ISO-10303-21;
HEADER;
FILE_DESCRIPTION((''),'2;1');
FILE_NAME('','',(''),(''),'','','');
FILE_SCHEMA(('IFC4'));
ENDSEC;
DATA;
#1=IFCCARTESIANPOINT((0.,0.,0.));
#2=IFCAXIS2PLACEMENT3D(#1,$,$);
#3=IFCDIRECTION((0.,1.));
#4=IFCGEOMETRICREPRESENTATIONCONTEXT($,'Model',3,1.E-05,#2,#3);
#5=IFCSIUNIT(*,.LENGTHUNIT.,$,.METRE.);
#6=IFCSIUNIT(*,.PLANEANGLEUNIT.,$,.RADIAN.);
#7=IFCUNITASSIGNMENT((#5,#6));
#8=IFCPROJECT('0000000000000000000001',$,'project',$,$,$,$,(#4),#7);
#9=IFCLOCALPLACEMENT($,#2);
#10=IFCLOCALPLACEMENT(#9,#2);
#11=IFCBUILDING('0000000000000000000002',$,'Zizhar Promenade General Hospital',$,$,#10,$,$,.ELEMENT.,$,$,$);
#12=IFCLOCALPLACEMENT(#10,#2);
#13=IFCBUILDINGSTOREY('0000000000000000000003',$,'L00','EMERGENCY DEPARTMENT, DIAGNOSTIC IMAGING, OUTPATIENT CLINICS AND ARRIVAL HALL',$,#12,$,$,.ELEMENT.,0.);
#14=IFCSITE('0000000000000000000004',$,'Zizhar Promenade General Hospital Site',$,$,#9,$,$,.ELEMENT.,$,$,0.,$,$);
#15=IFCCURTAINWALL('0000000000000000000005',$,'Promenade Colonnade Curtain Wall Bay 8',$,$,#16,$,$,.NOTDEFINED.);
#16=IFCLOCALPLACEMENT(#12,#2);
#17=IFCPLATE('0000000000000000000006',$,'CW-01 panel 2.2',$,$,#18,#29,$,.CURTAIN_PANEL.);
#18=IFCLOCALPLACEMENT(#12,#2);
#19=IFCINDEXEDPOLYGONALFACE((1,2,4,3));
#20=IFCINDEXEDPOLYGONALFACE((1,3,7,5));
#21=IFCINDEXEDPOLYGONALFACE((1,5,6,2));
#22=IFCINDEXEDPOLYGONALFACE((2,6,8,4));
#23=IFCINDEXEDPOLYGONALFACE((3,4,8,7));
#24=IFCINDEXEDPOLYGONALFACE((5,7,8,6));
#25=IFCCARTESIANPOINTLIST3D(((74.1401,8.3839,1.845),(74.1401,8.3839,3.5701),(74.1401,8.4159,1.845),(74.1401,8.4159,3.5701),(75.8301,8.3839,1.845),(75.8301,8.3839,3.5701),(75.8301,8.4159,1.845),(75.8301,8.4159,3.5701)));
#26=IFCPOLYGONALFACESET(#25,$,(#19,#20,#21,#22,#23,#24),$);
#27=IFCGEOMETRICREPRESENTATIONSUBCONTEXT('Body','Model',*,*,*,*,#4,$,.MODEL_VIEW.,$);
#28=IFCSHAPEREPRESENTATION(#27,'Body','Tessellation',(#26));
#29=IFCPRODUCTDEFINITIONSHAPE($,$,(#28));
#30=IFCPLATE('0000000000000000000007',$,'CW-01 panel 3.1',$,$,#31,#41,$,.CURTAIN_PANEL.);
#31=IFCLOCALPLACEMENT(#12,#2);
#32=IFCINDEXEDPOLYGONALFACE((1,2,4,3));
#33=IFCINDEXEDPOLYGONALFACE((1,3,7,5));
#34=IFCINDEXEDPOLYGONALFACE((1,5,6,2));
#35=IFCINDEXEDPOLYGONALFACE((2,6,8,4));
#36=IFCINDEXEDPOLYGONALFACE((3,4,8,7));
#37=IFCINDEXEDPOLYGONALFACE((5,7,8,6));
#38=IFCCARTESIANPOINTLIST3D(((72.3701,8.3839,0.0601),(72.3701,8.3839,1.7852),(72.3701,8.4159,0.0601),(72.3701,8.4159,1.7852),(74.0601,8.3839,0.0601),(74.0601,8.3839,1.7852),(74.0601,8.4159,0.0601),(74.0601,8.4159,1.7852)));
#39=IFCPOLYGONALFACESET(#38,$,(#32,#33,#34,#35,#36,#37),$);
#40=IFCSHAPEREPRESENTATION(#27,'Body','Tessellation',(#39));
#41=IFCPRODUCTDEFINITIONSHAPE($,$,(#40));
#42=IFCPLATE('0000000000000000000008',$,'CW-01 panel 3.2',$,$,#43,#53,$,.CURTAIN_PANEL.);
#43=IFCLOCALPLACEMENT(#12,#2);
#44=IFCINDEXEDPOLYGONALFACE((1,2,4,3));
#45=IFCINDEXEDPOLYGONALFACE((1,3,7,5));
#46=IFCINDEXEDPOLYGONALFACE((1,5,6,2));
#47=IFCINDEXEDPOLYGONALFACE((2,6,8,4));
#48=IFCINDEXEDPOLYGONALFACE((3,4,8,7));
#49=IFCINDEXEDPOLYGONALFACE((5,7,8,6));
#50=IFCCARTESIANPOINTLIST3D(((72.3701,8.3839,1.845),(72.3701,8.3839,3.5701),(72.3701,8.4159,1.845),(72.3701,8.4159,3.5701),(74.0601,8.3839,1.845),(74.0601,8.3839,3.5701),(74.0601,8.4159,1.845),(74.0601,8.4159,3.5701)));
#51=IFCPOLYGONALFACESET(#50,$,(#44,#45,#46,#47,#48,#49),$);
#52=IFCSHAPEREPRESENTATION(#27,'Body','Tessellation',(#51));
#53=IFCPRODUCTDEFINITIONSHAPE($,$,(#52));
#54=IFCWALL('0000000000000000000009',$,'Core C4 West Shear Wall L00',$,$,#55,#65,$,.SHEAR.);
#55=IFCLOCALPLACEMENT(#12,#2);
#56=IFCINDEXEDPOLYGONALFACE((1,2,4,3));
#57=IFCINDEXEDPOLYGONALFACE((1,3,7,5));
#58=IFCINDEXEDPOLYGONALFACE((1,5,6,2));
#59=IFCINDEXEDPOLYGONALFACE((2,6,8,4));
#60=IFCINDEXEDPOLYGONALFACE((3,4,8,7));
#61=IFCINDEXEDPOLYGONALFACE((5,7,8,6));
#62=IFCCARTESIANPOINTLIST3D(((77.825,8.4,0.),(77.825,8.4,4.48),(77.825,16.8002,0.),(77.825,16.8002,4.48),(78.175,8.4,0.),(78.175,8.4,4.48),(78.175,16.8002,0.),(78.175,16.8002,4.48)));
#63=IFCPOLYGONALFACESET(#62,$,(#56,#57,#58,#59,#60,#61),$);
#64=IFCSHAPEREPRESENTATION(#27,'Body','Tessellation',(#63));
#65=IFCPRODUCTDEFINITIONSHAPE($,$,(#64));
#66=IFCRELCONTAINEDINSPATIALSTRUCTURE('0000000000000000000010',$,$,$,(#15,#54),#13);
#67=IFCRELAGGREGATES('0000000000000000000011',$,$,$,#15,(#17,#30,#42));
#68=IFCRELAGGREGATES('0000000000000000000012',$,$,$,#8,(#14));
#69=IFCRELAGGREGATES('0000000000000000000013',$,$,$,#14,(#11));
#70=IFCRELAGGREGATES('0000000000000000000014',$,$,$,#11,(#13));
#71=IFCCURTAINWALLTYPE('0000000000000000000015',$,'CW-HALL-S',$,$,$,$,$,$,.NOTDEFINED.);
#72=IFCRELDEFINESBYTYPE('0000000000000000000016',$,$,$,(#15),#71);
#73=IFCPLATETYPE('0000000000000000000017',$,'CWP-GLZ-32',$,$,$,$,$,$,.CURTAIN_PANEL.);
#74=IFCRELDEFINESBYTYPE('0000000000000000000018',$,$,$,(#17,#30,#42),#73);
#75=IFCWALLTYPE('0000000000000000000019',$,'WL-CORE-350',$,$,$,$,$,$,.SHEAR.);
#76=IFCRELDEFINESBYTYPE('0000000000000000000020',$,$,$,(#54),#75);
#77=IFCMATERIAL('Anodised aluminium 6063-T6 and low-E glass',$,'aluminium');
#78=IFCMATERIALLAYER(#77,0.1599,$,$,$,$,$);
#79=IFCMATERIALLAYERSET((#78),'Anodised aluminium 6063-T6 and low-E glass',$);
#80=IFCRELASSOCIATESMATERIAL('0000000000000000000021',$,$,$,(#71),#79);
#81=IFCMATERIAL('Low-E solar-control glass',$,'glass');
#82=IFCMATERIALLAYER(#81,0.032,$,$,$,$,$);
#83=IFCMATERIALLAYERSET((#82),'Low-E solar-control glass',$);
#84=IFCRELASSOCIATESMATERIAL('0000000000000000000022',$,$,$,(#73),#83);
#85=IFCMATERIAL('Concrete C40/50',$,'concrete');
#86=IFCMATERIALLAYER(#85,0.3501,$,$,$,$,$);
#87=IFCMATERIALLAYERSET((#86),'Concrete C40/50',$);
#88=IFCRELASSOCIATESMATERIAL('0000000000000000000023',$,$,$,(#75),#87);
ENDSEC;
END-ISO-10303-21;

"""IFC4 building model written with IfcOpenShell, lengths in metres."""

from ifc_helpers import new_model, si_unit, direction, frame, frame_2d, origin, origin_2d, place, context, subcontext, project, spatial, rectangle, extrude, material, layer, layer_set, type_object, element, aggregate, save


model = new_model("IFC4")

# Units and contexts
model_context = context("Model", 3, precision=1e-05, world=origin(), true_north=direction((0.0, 1.0)))
body_context = subcontext(model_context, "Body", "Model", "MODEL_VIEW")
ifc_project = project(units=[si_unit("LENGTHUNIT", "METRE"), si_unit("PLANEANGLEUNIT", "RADIAN")], contexts=[model_context])

# Site, building, storey
site_placement = place(None, origin())
site = spatial("IfcSite", under=ifc_project, at=site_placement, Name="Zizhar Promenade General Hospital Site", CompositionType="ELEMENT", RefElevation=0.0)
building_placement = place(site_placement, origin())
building = spatial("IfcBuilding", under=site, at=building_placement, Name="Zizhar Promenade General Hospital", CompositionType="ELEMENT")
storey_placement = place(building_placement, origin())
storey = spatial("IfcBuildingStorey", under=building, at=storey_placement, Name="L00", Description="EMERGENCY DEPARTMENT, DIAGNOSTIC IMAGING, OUTPATIENT CLINICS AND ARRIVAL HALL", CompositionType="ELEMENT", Elevation=0.0)

# Curtain wall, plates
ifc_material_1 = material(Name="Anodised aluminium 6063-T6 and low-E glass", Category="aluminium")
ifc_layer_1 = layer(ifc_material_1, 0.1599)
ifc_layer_set_1 = layer_set([ifc_layer_1], Name="Anodised aluminium 6063-T6 and low-E glass")
curtain_wall_type = type_object("IfcCurtainWallType", Name="CW-HALL-S", PredefinedType="NOTDEFINED", material=ifc_layer_set_1)
curtain_wall_placement = place(storey_placement, origin())
curtain_wall = element("IfcCurtainWall", 1, at=curtain_wall_placement, inside=storey, type_object=curtain_wall_type, Name="Promenade Colonnade Curtain Wall Bay 8", PredefinedType="NOTDEFINED")
ifc_material_2 = material(Name="Low-E solar-control glass", Category="glass")
ifc_layer_2 = layer(ifc_material_2, 0.032)
ifc_layer_set_2 = layer_set([ifc_layer_2], Name="Low-E solar-control glass")
plate_type = type_object("IfcPlateType", Name="CWP-GLZ-32", PredefinedType="CURTAIN_PANEL", material=ifc_layer_set_2)
plate_1_placement = place(storey_placement, frame((74.9851, 8.3999, 1.845), z_axis=(0.0, 0.0, 1.0), x_axis=(-1.0, 0.0, 0.0)))
plate_1 = element("IfcPlate", 2, at=plate_1_placement, type_object=plate_type, Name="CW-01 panel 2.2", PredefinedType="CURTAIN_PANEL", context=body_context, shape_type="SweptSolid", body=[
    extrude(rectangle(XDim=1.6899, YDim=0.032, at=origin_2d()), origin(), (0.0, 0.0, 1.0), 1.7251),
])
plate_2_placement = place(storey_placement, frame((73.2151, 8.3999, 0.0601), z_axis=(0.0, 0.0, 1.0), x_axis=(-1.0, 0.0, 0.0)))
plate_2 = element("IfcPlate", 3, at=plate_2_placement, type_object=plate_type, Name="CW-01 panel 3.1", PredefinedType="CURTAIN_PANEL", context=body_context, shape_type="SweptSolid", body=[
    extrude(rectangle(XDim=1.6899, YDim=0.032, at=origin_2d()), origin(), (0.0, 0.0, 1.0), 1.7251),
])
plate_3_placement = place(storey_placement, frame((73.2151, 8.3999, 1.845), z_axis=(0.0, 0.0, 1.0), x_axis=(-1.0, 0.0, 0.0)))
plate_3 = element("IfcPlate", 4, at=plate_3_placement, type_object=plate_type, Name="CW-01 panel 3.2", PredefinedType="CURTAIN_PANEL", context=body_context, shape_type="SweptSolid", body=[
    extrude(rectangle(XDim=1.6899, YDim=0.032, at=origin_2d()), origin(), (0.0, 0.0, 1.0), 1.7251),
])
aggregate(curtain_wall, [plate_1, plate_2, plate_3])

# Wall
ifc_material_3 = material(Name="Concrete C40/50", Category="concrete")
ifc_layer_3 = layer(ifc_material_3, 0.3501)
ifc_layer_set_3 = layer_set([ifc_layer_3], Name="Concrete C40/50")
wall_type = type_object("IfcWallType", Name="WL-CORE-350", PredefinedType="SHEAR", material=ifc_layer_set_3)
wall_placement = place(storey_placement, frame((78.0, 8.3999, 0.0), z_axis=(0.0, 0.0, 1.0), x_axis=(0.0, 1.0, 0.0)))
element("IfcWall", 5, at=wall_placement, inside=storey, type_object=wall_type, Name="Core C4 West Shear Wall L00", PredefinedType="SHEAR", context=body_context, shape_type="SweptSolid", body=[
    extrude(rectangle(XDim=8.4001, YDim=0.3501, at=frame_2d((4.2002, 0.0))), origin(), (0.0, 0.0, 1.0), 4.48),
])

save(model, "model.ifc")
